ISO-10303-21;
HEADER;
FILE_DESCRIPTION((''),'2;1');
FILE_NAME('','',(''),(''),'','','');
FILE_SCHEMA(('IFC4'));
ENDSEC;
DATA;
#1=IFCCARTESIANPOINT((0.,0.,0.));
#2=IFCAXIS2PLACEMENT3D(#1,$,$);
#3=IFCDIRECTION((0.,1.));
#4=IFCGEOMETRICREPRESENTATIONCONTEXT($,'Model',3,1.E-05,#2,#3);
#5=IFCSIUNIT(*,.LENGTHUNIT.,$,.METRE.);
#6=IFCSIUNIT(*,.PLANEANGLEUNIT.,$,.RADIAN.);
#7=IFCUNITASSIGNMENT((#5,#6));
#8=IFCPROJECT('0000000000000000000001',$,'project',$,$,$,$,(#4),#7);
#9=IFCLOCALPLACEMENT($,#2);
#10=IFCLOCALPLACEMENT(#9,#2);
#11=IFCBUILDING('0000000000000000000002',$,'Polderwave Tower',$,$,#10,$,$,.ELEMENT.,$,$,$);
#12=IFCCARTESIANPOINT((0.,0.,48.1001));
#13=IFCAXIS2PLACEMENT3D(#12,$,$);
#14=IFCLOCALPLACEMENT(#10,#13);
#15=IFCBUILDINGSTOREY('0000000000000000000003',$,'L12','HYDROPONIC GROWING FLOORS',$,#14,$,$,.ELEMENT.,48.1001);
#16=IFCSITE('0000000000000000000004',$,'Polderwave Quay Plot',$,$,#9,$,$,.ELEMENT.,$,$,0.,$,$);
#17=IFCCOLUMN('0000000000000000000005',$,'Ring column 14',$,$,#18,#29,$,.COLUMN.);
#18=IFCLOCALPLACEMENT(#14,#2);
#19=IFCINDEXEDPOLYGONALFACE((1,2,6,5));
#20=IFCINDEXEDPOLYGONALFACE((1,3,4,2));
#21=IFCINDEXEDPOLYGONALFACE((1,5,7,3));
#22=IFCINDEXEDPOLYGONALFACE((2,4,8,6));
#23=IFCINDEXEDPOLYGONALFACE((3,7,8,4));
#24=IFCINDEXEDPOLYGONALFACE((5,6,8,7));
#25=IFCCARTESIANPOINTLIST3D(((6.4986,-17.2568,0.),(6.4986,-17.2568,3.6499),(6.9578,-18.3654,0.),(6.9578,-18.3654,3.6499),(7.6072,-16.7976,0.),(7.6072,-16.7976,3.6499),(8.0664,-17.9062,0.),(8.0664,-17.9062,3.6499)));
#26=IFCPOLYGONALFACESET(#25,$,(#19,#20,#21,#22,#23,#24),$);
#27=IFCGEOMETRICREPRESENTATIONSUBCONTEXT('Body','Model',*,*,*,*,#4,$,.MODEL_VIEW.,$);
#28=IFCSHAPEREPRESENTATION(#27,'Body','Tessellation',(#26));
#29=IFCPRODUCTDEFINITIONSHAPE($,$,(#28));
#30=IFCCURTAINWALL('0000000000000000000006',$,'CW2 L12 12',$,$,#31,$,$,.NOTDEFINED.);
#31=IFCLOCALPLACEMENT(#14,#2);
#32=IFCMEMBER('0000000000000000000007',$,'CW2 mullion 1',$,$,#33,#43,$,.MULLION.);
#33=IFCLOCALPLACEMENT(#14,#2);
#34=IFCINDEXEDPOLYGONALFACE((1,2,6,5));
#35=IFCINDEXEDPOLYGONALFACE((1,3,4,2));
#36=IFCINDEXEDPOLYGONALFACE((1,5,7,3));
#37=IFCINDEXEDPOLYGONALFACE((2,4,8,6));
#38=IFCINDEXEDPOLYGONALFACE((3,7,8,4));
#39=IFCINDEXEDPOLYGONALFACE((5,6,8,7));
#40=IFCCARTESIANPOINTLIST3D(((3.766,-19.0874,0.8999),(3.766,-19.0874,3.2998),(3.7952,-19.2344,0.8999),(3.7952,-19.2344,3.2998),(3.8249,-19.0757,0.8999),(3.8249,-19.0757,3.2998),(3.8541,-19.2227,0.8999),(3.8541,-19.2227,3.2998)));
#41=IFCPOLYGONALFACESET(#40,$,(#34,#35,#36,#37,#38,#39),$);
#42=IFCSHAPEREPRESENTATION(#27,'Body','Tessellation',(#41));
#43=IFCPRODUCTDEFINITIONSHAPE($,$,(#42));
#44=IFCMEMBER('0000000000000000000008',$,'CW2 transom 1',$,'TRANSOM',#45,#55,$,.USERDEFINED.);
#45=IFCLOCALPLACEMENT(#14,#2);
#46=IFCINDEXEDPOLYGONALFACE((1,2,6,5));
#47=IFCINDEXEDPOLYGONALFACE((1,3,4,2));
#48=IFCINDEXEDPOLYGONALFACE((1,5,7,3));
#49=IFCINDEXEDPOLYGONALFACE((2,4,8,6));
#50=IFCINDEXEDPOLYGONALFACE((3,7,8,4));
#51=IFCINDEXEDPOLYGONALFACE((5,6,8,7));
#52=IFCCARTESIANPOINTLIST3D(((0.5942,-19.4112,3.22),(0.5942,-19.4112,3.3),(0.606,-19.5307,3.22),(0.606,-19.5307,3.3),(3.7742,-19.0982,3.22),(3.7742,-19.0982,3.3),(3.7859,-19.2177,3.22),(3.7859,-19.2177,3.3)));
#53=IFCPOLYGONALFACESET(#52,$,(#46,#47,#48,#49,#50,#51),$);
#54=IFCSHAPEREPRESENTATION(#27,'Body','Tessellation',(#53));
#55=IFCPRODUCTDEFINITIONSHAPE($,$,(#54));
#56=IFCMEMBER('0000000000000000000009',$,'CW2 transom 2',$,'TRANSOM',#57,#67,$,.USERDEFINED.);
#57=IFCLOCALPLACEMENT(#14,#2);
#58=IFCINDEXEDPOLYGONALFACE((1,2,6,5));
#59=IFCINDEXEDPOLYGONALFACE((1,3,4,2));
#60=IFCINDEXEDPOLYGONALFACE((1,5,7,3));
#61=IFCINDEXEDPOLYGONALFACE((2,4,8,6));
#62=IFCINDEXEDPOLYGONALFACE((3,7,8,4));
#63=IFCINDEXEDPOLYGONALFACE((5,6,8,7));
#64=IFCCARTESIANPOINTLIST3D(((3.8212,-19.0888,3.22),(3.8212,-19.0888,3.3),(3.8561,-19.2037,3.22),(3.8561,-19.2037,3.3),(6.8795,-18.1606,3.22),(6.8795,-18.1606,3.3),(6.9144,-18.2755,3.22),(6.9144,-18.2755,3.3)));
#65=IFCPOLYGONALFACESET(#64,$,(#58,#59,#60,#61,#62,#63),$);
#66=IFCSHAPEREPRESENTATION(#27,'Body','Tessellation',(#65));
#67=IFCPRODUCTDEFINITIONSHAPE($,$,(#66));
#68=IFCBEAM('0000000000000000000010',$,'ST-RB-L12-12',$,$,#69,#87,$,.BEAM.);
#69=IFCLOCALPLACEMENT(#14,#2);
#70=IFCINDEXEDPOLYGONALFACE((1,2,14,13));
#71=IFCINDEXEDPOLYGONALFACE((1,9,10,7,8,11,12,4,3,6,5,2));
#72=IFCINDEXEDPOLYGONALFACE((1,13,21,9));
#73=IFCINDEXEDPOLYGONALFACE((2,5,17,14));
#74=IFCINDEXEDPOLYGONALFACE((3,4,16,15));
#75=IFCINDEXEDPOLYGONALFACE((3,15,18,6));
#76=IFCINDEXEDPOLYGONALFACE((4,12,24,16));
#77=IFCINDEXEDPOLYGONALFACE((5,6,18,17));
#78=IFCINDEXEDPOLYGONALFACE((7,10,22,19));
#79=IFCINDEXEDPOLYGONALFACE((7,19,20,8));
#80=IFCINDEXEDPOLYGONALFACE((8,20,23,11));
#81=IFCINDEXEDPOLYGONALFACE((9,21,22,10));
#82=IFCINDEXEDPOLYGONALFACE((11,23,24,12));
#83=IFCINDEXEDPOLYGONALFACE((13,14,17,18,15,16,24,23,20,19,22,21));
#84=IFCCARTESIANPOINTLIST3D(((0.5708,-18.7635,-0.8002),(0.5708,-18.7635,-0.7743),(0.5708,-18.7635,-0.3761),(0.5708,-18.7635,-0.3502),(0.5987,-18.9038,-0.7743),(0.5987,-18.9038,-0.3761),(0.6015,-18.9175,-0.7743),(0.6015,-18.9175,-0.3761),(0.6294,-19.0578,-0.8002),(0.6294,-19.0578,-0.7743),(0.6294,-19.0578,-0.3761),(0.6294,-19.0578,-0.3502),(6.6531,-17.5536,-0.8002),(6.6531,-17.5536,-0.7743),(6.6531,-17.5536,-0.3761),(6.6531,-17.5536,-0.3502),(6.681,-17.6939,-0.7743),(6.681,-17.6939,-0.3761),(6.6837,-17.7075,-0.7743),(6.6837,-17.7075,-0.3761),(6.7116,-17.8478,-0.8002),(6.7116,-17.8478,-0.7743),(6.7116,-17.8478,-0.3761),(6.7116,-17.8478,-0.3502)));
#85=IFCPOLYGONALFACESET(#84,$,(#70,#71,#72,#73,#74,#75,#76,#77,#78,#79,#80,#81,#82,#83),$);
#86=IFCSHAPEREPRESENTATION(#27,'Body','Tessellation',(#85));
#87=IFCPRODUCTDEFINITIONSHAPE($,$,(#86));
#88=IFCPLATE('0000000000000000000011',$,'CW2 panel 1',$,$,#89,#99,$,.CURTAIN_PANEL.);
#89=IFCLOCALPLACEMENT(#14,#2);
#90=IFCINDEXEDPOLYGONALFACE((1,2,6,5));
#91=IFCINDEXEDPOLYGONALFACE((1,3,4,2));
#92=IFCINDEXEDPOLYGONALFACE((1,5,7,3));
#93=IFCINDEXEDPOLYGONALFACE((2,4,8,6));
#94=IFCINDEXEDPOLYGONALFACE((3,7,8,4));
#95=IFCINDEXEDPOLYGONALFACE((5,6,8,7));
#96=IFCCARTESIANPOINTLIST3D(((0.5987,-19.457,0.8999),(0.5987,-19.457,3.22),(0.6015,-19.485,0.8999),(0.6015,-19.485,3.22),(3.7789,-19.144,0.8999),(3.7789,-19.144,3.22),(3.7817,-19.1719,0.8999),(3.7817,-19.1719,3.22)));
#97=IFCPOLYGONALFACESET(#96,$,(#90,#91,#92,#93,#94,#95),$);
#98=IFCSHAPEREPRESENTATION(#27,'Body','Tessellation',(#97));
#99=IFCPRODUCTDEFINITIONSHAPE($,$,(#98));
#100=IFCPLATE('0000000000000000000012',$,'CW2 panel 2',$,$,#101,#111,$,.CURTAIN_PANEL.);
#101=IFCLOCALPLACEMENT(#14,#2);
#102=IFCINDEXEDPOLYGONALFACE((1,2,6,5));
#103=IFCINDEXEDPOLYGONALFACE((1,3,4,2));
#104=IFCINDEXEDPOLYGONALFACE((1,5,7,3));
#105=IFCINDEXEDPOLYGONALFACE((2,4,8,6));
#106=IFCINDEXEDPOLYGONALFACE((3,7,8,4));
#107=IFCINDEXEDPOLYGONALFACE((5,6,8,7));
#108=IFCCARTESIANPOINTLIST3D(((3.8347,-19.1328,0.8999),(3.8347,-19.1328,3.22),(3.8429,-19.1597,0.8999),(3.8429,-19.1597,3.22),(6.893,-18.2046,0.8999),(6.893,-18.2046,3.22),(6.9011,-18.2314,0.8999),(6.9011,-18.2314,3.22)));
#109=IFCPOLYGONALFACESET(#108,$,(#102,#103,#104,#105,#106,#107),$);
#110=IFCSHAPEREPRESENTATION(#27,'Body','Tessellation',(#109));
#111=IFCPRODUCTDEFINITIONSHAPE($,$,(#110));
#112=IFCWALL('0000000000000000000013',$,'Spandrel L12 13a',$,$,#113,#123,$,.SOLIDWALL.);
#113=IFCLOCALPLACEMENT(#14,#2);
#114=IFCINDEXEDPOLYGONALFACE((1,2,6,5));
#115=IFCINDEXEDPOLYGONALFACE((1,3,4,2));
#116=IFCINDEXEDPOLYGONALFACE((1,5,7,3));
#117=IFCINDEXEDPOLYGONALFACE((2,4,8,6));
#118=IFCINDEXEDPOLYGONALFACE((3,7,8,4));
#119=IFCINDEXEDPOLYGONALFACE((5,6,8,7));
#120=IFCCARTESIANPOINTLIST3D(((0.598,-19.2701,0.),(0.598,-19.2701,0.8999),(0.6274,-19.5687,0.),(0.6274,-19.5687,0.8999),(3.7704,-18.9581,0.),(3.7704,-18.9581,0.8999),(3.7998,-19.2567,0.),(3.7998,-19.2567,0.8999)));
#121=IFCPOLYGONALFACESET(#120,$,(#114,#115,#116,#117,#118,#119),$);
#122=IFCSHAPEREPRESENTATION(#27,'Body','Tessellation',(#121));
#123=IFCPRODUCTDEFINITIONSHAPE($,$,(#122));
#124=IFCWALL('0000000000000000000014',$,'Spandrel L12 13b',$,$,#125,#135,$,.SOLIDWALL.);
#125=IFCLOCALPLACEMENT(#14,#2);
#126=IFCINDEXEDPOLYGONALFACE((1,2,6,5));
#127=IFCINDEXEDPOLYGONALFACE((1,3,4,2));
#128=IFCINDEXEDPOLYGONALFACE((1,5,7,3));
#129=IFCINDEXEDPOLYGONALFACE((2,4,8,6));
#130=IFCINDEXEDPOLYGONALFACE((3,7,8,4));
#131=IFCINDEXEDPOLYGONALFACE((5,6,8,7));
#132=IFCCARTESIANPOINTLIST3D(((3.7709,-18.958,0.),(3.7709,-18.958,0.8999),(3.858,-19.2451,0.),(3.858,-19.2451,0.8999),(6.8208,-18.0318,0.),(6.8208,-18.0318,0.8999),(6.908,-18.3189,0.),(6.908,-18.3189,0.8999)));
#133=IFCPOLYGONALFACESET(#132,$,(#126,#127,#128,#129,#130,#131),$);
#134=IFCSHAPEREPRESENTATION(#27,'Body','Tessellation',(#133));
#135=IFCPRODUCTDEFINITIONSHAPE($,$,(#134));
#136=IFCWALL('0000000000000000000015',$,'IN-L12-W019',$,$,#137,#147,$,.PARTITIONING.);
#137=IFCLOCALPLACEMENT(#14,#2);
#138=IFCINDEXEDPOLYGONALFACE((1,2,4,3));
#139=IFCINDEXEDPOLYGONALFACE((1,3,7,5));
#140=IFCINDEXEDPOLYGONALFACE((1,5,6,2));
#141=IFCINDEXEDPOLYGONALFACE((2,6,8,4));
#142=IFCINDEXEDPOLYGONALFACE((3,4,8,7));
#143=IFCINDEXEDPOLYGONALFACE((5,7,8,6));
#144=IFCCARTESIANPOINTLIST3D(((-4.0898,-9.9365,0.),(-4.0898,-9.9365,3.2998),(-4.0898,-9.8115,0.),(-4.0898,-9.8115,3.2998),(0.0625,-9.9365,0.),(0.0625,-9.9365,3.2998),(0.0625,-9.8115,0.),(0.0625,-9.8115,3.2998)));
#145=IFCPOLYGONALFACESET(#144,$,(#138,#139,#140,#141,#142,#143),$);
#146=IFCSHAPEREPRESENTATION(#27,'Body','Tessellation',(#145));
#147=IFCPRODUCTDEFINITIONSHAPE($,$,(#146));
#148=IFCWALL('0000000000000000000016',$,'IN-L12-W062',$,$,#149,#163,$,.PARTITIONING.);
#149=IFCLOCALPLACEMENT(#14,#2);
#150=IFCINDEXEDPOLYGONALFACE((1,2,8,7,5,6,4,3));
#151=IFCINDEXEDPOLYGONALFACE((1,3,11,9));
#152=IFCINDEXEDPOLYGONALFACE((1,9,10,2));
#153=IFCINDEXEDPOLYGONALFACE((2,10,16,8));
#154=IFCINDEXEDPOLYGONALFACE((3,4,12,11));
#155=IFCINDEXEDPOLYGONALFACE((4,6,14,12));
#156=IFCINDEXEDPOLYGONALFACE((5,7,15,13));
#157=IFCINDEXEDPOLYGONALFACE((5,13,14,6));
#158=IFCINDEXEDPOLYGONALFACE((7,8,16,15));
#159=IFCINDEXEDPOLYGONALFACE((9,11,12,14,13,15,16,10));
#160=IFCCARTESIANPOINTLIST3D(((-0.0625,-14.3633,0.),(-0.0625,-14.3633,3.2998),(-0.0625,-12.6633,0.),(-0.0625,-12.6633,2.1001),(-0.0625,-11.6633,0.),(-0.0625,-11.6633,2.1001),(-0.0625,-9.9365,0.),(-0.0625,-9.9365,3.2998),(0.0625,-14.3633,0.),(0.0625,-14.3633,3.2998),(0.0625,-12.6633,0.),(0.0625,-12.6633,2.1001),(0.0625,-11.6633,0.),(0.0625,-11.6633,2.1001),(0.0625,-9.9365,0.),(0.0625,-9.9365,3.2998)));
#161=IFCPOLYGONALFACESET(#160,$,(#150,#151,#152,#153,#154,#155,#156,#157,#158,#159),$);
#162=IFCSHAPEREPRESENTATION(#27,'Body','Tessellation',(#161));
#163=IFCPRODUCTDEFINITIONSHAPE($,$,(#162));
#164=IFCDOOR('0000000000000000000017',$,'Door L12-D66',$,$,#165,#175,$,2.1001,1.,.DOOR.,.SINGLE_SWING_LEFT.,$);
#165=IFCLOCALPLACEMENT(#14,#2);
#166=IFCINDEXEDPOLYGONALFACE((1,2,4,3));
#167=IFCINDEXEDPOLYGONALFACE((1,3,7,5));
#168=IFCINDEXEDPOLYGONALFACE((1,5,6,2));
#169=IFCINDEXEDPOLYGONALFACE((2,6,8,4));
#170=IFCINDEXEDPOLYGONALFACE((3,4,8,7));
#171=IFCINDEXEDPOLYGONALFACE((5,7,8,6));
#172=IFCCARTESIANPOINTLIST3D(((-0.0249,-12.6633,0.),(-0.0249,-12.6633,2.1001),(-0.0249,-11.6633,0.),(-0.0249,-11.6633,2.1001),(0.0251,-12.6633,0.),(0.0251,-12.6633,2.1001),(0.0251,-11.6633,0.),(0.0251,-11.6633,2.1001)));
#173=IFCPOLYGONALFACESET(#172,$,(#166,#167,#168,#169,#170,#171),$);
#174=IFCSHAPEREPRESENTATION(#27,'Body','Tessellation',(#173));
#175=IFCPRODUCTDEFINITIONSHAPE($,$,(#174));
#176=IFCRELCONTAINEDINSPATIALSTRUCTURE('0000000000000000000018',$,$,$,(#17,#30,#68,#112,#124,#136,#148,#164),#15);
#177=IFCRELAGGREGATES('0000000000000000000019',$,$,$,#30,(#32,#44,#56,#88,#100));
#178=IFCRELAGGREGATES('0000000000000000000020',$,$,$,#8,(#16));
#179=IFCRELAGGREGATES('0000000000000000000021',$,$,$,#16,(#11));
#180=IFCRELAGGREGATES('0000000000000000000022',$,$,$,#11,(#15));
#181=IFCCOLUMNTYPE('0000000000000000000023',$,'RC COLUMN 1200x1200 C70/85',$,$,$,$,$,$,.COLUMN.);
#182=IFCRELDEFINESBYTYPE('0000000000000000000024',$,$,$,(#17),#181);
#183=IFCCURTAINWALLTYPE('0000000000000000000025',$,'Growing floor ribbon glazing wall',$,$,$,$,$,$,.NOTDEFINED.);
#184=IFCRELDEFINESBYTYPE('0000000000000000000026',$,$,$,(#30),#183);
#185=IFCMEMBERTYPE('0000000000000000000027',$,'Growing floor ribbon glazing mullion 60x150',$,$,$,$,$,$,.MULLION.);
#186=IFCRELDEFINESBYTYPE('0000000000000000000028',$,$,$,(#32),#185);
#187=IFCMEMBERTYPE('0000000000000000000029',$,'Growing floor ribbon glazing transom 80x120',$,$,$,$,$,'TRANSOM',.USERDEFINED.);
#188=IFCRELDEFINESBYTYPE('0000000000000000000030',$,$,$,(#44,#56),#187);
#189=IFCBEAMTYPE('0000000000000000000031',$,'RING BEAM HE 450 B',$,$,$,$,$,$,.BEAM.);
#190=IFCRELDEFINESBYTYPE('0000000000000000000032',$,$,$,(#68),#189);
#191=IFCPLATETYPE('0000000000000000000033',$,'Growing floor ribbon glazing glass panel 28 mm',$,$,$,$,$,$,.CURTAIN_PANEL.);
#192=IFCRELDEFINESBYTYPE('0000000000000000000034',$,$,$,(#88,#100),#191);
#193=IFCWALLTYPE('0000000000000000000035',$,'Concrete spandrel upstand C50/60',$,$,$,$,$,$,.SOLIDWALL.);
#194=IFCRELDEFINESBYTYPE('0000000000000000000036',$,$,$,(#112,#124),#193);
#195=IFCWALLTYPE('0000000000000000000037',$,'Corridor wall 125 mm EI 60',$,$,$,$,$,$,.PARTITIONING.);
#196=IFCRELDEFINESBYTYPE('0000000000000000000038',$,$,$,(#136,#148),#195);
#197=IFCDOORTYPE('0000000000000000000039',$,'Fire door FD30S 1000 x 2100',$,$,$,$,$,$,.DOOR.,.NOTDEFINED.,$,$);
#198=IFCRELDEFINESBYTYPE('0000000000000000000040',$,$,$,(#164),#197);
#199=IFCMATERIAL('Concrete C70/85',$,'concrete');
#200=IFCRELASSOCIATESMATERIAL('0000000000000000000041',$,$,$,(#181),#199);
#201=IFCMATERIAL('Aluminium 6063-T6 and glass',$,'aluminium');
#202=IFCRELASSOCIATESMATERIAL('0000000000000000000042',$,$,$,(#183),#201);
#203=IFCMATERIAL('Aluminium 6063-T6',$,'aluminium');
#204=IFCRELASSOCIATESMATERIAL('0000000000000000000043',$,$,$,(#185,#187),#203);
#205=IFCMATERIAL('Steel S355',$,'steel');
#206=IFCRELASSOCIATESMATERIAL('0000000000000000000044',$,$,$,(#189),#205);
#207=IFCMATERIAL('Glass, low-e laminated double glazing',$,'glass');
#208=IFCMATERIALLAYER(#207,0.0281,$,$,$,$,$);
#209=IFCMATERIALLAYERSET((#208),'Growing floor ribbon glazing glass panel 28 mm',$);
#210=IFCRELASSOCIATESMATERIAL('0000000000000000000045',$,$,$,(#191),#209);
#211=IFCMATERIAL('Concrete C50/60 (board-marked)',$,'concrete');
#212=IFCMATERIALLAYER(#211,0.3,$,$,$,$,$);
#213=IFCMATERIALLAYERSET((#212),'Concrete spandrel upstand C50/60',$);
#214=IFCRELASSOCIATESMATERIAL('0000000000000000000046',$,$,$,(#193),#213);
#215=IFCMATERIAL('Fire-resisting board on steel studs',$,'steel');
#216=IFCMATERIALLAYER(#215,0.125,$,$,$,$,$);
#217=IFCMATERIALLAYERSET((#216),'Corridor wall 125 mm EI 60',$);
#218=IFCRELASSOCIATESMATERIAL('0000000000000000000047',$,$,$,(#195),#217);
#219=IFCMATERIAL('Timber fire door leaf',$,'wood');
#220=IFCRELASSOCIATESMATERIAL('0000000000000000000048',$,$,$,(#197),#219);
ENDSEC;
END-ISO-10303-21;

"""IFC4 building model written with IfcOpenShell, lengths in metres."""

from ifc_helpers import new_model, si_unit, direction, frame, frame_2d, origin, origin_2d, place, context, subcontext, project, spatial, rectangle, i_section, extrude, material, layer, layer_set, material_profile, profile_set, type_object, element, fill, aggregate, save


model = new_model("IFC4")

# Units and contexts
model_context = context("Model", 3, precision=1e-05, world=origin(), true_north=direction((0.0, 1.0)))
body_context = subcontext(model_context, "Body", "Model", "MODEL_VIEW")
ifc_project = project(units=[si_unit("LENGTHUNIT", "METRE"), si_unit("PLANEANGLEUNIT", "RADIAN")], contexts=[model_context])

# Site, building, storey
site_placement = place(None, origin())
site = spatial("IfcSite", under=ifc_project, at=site_placement, Name="Polderwave Quay Plot", CompositionType="ELEMENT", RefElevation=0.0)
building_placement = place(site_placement, origin())
building = spatial("IfcBuilding", under=site, at=building_placement, Name="Polderwave Tower", CompositionType="ELEMENT")
storey_placement = place(building_placement, frame((0.0, 0.0, 48.1001)))
storey = spatial("IfcBuildingStorey", under=building, at=storey_placement, Name="L12", Description="HYDROPONIC GROWING FLOORS", CompositionType="ELEMENT", Elevation=48.1001)

# Column
ifc_material_1 = material(Name="Concrete C70/85", Category="concrete")
ifc_material_profile_1 = material_profile(ifc_material_1, rectangle(XDim=1.2, YDim=1.2, at=origin_2d()), Name="RC 1200x1200")
ifc_profile_set_1 = profile_set([ifc_material_profile_1], Name="Concrete C70/85")
column_type = type_object("IfcColumnType", Name="RC COLUMN 1200x1200 C70/85", PredefinedType="COLUMN", material=ifc_profile_set_1)
column_placement = place(storey_placement, frame((7.2825, -17.5815, 0.0), z_axis=(0.0, 0.0, 1.0), x_axis=(0.382683, -0.92388, 0.0)))
element("IfcColumn", 1, at=column_placement, inside=storey, type_object=column_type, Name="Ring column 14", PredefinedType="COLUMN", context=body_context, shape_type="SweptSolid", body=[
    extrude(rectangle(XDim=1.2, YDim=1.2, at=origin_2d()), origin(), (0.0, 0.0, 1.0), 3.6499),
])

# Curtain wall, members
ifc_material_2 = material(Name="Aluminium 6063-T6 and glass", Category="aluminium")
curtain_wall_type = type_object("IfcCurtainWallType", Name="Growing floor ribbon glazing wall", PredefinedType="NOTDEFINED", material=ifc_material_2)
curtain_wall_placement = place(storey_placement, origin())
curtain_wall = element("IfcCurtainWall", 2, at=curtain_wall_placement, inside=storey, type_object=curtain_wall_type, Name="CW2 L12 12", PredefinedType="NOTDEFINED")
ifc_material_3 = material(Name="Aluminium 6063-T6", Category="aluminium")
ifc_material_profile_2 = material_profile(ifc_material_3, rectangle(XDim=0.1499, YDim=0.0601, at=origin_2d()), Name="AL 60x150")
ifc_profile_set_2 = profile_set([ifc_material_profile_2], Name="Aluminium 6063-T6")
member_type_1 = type_object("IfcMemberType", Name="Growing floor ribbon glazing mullion 60x150", PredefinedType="MULLION", material=ifc_profile_set_2)
member_1_placement = place(storey_placement, frame((3.8101, -19.155, 0.8999), z_axis=(0.0, 0.0, 1.0), x_axis=(-0.195149, 0.980774, 0.0)))
member_1 = element("IfcMember", 3, at=member_1_placement, type_object=member_type_1, Name="CW2 mullion 1", PredefinedType="MULLION", context=body_context, shape_type="SweptSolid", body=[
    extrude(rectangle(XDim=0.1499, YDim=0.0601, at=origin_2d()), origin(), (0.0, 0.0, 1.0), 2.3999),
])
ifc_material_profile_3 = material_profile(ifc_material_3, rectangle(XDim=0.1201, YDim=0.0801, at=origin_2d()), Name="AL 80x120")
ifc_profile_set_3 = profile_set([ifc_material_profile_3], Name="Aluminium 6063-T6")
member_type_2 = type_object("IfcMemberType", Name="Growing floor ribbon glazing transom 80x120", ElementType="TRANSOM", PredefinedType="USERDEFINED", material=ifc_profile_set_3)
member_2_placement = place(storey_placement, frame((0.6001, -19.4709, 3.26), z_axis=(0.995191, 0.097953, 0.0), x_axis=(-0.097953, 0.995191, 0.0)))
member_2 = element("IfcMember", 4, at=member_2_placement, type_object=member_type_2, Name="CW2 transom 1", ObjectType="TRANSOM", PredefinedType="USERDEFINED", context=body_context, shape_type="SweptSolid", body=[
    extrude(rectangle(XDim=0.1201, YDim=0.0801, at=origin_2d()), origin(), (0.0, 0.0, 1.0), 3.1953),
])
member_3_placement = place(storey_placement, frame((3.8386, -19.1462, 3.26), z_axis=(0.956898, 0.290423, 0.0), x_axis=(-0.290423, 0.956898, 0.0)))
member_3 = element("IfcMember", 5, at=member_3_placement, type_object=member_type_2, Name="CW2 transom 2", ObjectType="TRANSOM", PredefinedType="USERDEFINED", context=body_context, shape_type="SweptSolid", body=[
    extrude(rectangle(XDim=0.1201, YDim=0.0801, at=origin_2d()), origin(), (0.0, 0.0, 1.0), 3.196),
])

# Beam
ifc_material_4 = material(Name="Steel S355", Category="steel")
ifc_material_profile_4 = material_profile(ifc_material_4, i_section(OverallWidth=0.3, OverallDepth=0.45, WebThickness=0.0139, FlangeThickness=0.0259, at=origin_2d()), Name="HE 450 B")
ifc_profile_set_4 = profile_set([ifc_material_profile_4], Name="Steel S355")
beam_type = type_object("IfcBeamType", Name="RING BEAM HE 450 B", PredefinedType="BEAM", material=ifc_profile_set_4)
beam_placement = place(storey_placement, frame((0.6001, -18.9106, -0.5752), z_axis=(0.980782, 0.195109, 0.0), x_axis=(-0.195109, 0.980782, 0.0)))
element("IfcBeam", 6, at=beam_placement, inside=storey, type_object=beam_type, Name="ST-RB-L12-12", PredefinedType="BEAM", context=body_context, shape_type="SweptSolid", body=[
    extrude(i_section(OverallWidth=0.3, OverallDepth=0.45, WebThickness=0.0139, FlangeThickness=0.0259, at=origin_2d()), origin(), (0.0, 0.0, 1.0), 6.2014),
])

# Plates
ifc_material_5 = material(Name="Glass, low-e laminated double glazing", Category="glass")
ifc_layer_1 = layer(ifc_material_5, 0.0281)
ifc_layer_set_1 = layer_set([ifc_layer_1], Name="Growing floor ribbon glazing glass panel 28 mm")
plate_type = type_object("IfcPlateType", Name="Growing floor ribbon glazing glass panel 28 mm", PredefinedType="CURTAIN_PANEL", material=ifc_layer_set_1)
plate_1_placement = place(storey_placement, frame((2.1902, -19.3145, 0.8999), z_axis=(0.0, 0.0, 1.0), x_axis=(0.99519, 0.097969, 0.0)))
plate_1 = element("IfcPlate", 7, at=plate_1_placement, type_object=plate_type, Name="CW2 panel 1", PredefinedType="CURTAIN_PANEL", context=body_context, shape_type="SweptSolid", body=[
    extrude(rectangle(XDim=3.1956, YDim=0.0281, at=origin_2d()), origin(), (0.0, 0.0, 1.0), 2.3201),
])
plate_2_placement = place(storey_placement, frame((5.3679, -18.6821, 0.8999), z_axis=(0.0, 0.0, 1.0), x_axis=(0.956891, 0.290447, 0.0)))
plate_2 = element("IfcPlate", 8, at=plate_2_placement, type_object=plate_type, Name="CW2 panel 2", PredefinedType="CURTAIN_PANEL", context=body_context, shape_type="SweptSolid", body=[
    extrude(rectangle(XDim=3.196, YDim=0.0281, at=origin_2d()), origin(), (0.0, 0.0, 1.0), 2.3201),
])
aggregate(curtain_wall, [member_1, member_2, member_3, plate_1, plate_2])

# Walls
ifc_material_6 = material(Name="Concrete C50/60 (board-marked)", Category="concrete")
ifc_layer_2 = layer(ifc_material_6, 0.3)
ifc_layer_set_2 = layer_set([ifc_layer_2], Name="Concrete spandrel upstand C50/60")
wall_type_1 = type_object("IfcWallType", Name="Concrete spandrel upstand C50/60", PredefinedType="SOLIDWALL", material=ifc_layer_set_2)
wall_1_placement = place(storey_placement, frame((0.6128, -19.4194, 0.0), z_axis=(0.0, 0.0, 1.0), x_axis=(0.995198, 0.097881, 0.0)))
element("IfcWall", 9, at=wall_1_placement, inside=storey, type_object=wall_type_1, Name="Spandrel L12 13a", PredefinedType="SOLIDWALL", context=body_context, shape_type="SweptSolid", body=[
    extrude(rectangle(XDim=3.1877, YDim=0.3, at=frame_2d((1.5938, 0.0))), origin(), (0.0, 0.0, 1.0), 0.8999),
])
wall_2_placement = place(storey_placement, frame((3.8145, -19.1016, 0.0), z_axis=(0.0, 0.0, 1.0), x_axis=(0.956849, 0.290586, 0.0)))
element("IfcWall", 10, at=wall_2_placement, inside=storey, type_object=wall_type_1, Name="Spandrel L12 13b", PredefinedType="SOLIDWALL", context=body_context, shape_type="SweptSolid", body=[
    extrude(rectangle(XDim=3.1875, YDim=0.3, at=frame_2d((1.5938, 0.0))), origin(), (0.0, 0.0, 1.0), 0.8999),
])
ifc_material_7 = material(Name="Fire-resisting board on steel studs", Category="steel")
ifc_layer_3 = layer(ifc_material_7, 0.125)
ifc_layer_set_3 = layer_set([ifc_layer_3], Name="Corridor wall 125 mm EI 60")
wall_type_2 = type_object("IfcWallType", Name="Corridor wall 125 mm EI 60", PredefinedType="PARTITIONING", material=ifc_layer_set_3)
wall_3_placement = place(storey_placement, frame((0.0625, -9.874, 0.0), z_axis=(0.0, 0.0, 1.0), x_axis=(-1.0, 0.0, 0.0)))
element("IfcWall", 11, at=wall_3_placement, inside=storey, type_object=wall_type_2, Name="IN-L12-W019", PredefinedType="PARTITIONING", context=body_context, shape_type="SweptSolid", body=[
    extrude(rectangle(XDim=4.1523, YDim=0.125, at=frame_2d((2.0762, 0.0))), origin(), (0.0, 0.0, 1.0), 3.2998),
])

# Wall, opening, door
wall_4_placement = place(storey_placement, frame((0.0, -14.3633, 0.0), z_axis=(0.0, 0.0, 1.0), x_axis=(0.0, 1.0, 0.0)))
wall_4 = element("IfcWall", 12, at=wall_4_placement, inside=storey, type_object=wall_type_2, Name="IN-L12-W062", PredefinedType="PARTITIONING", context=body_context, shape_type="SweptSolid", body=[
    extrude(rectangle(XDim=4.4268, YDim=0.125, at=frame_2d((2.2134, 0.0))), origin(), (0.0, 0.0, 1.0), 3.2998),
])
opening_1_placement = place(wall_4_placement, frame((1.7, 0.0, 0.0)))
opening_1 = element("IfcOpeningElement", 13, at=opening_1_placement, cuts=wall_4, PredefinedType="OPENING", context=body_context, shape_type="SweptSolid", body=[
    extrude(rectangle(XDim=1.0, YDim=2.1001, at=frame_2d((0.5, 1.05))), frame((0.0, 0.0725, 0.0), z_axis=(0.0, -1.0, 0.0), x_axis=(1.0, 0.0, 0.0)), (0.0, 0.0, 1.0), 0.145),
])
ifc_material_8 = material(Name="Timber fire door leaf", Category="wood")
door_type = type_object("IfcDoorType", Name="Fire door FD30S 1000 x 2100", OperationType="NOTDEFINED", PredefinedType="DOOR", material=ifc_material_8)
door_1_placement = place(opening_1_placement, origin())
door_1 = element("IfcDoor", 14, at=door_1_placement, inside=storey, type_object=door_type, Name="Door L12-D66", OperationType="SINGLE_SWING_LEFT", OverallHeight=2.1001, OverallWidth=1.0, PredefinedType="DOOR", context=body_context, shape_type="SweptSolid", body=[
    extrude(rectangle(XDim=1.0, YDim=2.1001, at=frame_2d((0.5, 1.05))), frame((0.0, 0.0249, 0.0), z_axis=(0.0, -1.0, 0.0), x_axis=(1.0, 0.0, 0.0)), (0.0, 0.0, 1.0), 0.05),
])
fill(opening_1, door_1)

save(model, "model.ifc")
